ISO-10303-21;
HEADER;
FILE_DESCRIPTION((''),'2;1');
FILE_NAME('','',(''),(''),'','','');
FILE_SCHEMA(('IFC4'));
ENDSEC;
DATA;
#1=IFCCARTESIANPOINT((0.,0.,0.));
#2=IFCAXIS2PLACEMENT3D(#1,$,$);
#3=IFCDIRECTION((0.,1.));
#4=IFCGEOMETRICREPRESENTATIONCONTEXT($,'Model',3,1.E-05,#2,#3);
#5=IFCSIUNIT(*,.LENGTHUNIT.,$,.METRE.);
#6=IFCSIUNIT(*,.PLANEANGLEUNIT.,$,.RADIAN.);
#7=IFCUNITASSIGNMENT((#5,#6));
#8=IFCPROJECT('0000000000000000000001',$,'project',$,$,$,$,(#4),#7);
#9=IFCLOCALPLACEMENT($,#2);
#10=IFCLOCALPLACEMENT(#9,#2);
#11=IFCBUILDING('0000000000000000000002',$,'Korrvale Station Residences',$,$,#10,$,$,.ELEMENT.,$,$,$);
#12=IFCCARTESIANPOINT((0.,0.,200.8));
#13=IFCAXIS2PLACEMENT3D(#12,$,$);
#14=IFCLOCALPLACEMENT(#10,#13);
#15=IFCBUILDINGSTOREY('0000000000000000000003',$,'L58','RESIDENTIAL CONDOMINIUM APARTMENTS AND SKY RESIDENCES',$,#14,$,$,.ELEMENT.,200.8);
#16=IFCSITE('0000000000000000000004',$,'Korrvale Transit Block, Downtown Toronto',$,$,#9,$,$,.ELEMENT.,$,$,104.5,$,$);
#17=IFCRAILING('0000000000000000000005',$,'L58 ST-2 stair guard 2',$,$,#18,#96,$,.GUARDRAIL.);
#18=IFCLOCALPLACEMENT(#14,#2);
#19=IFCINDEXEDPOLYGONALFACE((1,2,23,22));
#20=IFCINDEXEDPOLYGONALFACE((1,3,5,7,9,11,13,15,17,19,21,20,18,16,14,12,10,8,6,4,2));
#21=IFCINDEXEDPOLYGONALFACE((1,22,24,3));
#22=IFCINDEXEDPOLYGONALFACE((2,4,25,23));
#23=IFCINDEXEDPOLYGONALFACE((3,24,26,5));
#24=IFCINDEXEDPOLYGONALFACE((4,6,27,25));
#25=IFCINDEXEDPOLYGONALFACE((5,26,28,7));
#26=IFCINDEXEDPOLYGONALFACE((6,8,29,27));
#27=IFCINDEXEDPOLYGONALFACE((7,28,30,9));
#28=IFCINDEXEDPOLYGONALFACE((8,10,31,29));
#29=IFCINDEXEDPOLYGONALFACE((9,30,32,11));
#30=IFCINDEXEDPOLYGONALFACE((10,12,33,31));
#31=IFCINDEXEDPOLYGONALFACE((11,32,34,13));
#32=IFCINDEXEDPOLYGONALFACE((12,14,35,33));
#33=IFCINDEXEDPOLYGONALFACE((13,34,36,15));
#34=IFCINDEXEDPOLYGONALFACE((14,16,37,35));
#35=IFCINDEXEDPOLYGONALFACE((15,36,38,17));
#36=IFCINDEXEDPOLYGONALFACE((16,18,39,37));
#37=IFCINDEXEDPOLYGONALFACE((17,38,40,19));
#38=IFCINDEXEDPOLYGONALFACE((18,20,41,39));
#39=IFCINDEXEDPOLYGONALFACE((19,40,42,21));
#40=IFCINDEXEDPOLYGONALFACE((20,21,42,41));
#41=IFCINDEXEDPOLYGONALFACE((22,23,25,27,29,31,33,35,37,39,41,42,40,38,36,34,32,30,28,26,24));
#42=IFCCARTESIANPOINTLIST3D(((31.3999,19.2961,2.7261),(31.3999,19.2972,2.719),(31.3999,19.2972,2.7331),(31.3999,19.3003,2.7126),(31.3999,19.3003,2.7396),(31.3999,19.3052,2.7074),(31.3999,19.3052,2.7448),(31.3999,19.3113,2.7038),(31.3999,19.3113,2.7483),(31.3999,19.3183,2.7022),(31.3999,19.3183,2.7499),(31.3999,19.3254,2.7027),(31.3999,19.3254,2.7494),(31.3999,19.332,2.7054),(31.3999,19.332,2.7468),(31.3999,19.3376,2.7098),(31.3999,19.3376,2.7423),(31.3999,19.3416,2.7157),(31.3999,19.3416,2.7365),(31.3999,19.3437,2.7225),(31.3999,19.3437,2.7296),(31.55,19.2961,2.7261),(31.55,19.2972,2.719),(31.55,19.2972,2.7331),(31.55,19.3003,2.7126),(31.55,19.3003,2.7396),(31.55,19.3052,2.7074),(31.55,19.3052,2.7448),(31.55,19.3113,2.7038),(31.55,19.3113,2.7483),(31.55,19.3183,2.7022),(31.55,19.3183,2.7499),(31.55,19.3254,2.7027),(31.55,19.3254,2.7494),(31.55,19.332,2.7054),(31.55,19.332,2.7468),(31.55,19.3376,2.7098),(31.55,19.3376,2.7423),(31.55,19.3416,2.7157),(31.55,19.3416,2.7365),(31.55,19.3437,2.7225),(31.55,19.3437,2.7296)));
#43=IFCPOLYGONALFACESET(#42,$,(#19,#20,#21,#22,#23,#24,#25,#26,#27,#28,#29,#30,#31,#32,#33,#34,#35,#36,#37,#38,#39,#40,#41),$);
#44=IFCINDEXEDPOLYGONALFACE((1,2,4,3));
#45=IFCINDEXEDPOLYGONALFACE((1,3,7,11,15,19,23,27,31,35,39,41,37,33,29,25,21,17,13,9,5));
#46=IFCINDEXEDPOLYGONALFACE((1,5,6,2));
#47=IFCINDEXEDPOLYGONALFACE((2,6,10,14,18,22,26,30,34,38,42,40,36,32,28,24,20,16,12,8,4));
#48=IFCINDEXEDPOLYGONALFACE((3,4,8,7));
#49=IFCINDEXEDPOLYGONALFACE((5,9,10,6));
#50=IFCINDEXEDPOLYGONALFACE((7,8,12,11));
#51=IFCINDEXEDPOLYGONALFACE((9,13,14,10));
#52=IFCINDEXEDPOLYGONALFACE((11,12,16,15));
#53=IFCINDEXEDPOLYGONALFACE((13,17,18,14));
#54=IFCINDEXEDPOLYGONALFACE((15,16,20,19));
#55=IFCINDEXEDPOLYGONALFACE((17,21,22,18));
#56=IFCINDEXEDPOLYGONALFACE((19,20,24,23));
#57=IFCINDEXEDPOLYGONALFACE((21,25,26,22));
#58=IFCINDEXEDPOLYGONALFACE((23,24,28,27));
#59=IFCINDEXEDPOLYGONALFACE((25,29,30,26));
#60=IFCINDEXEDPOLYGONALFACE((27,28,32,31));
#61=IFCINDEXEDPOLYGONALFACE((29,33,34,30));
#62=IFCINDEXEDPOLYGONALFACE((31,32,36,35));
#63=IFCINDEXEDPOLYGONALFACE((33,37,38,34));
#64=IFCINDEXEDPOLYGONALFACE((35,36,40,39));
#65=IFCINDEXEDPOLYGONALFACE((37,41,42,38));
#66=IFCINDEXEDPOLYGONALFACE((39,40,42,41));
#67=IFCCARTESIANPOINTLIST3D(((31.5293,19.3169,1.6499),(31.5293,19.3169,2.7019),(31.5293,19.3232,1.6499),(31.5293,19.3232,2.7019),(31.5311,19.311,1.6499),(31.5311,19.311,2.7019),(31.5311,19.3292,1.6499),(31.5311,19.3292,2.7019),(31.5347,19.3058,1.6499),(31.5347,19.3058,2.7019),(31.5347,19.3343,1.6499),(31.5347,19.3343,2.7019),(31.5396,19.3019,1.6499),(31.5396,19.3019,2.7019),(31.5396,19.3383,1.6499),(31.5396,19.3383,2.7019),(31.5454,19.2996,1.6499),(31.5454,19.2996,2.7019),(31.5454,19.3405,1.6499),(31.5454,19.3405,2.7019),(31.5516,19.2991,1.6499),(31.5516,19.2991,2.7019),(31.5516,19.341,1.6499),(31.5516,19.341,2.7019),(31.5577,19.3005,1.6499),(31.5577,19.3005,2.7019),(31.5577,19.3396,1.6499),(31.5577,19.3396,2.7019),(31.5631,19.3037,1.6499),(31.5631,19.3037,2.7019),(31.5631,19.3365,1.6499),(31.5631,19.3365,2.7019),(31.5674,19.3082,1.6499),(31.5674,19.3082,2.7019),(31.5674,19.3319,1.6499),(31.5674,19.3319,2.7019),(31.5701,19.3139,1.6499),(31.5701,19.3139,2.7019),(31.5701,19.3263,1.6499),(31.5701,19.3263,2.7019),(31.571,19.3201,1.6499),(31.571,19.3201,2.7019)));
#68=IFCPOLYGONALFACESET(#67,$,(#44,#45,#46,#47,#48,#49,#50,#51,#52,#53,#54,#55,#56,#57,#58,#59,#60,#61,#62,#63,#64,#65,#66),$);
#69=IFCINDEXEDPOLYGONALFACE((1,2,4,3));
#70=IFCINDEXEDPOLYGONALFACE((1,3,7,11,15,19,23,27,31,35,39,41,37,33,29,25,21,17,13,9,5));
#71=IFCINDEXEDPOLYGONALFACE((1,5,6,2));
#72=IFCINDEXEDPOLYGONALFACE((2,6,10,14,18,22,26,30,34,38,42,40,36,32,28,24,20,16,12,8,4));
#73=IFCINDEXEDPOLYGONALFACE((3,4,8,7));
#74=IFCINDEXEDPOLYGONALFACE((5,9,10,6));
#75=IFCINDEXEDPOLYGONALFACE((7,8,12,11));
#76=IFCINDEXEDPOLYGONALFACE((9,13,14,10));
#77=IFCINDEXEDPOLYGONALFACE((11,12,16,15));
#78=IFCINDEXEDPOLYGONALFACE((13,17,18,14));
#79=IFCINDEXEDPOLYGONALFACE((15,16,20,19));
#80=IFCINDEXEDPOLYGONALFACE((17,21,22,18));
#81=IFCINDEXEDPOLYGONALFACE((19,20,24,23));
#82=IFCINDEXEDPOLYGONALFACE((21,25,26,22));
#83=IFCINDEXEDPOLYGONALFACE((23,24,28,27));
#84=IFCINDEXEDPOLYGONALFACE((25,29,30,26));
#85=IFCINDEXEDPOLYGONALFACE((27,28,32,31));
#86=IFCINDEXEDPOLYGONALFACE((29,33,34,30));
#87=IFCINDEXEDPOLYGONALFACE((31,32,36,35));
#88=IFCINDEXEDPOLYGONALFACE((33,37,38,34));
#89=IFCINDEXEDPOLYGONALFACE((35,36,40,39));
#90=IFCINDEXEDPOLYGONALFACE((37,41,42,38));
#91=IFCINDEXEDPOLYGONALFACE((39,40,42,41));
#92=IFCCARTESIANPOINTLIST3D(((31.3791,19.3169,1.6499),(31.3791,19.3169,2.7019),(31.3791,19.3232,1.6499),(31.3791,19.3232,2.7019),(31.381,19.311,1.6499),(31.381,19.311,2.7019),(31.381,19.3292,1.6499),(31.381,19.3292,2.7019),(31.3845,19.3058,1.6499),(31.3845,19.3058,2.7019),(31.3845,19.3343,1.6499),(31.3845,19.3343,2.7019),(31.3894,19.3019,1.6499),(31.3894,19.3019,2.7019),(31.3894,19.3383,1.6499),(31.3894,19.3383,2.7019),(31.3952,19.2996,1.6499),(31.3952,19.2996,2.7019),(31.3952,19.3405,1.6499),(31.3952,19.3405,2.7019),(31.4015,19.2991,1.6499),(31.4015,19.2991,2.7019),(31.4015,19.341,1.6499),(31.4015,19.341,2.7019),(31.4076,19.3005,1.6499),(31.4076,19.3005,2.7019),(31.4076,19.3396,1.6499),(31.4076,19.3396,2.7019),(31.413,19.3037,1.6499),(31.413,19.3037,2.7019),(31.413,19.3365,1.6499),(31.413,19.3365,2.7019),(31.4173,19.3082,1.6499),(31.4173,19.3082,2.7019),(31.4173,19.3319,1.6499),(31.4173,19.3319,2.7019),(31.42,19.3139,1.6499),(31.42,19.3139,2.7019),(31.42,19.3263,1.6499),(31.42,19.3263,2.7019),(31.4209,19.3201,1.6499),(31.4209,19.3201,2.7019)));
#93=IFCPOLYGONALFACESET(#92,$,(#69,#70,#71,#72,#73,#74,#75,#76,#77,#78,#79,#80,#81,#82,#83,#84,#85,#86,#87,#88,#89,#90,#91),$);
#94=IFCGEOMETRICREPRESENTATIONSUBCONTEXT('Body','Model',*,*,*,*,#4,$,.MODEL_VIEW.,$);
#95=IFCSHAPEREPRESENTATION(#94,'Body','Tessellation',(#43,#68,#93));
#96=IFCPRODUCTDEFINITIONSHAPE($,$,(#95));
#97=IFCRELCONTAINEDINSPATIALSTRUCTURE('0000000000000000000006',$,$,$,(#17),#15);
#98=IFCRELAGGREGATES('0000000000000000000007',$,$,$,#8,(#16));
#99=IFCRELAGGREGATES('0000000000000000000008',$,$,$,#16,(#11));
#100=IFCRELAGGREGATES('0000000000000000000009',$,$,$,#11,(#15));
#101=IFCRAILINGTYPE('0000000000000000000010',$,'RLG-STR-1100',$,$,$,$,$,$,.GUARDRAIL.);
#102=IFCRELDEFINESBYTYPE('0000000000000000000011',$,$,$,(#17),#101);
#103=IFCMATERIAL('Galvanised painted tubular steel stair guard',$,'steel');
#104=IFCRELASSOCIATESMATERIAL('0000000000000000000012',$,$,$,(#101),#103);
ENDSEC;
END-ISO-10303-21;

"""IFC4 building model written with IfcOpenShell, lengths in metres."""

from ifc_helpers import new_model, si_unit, direction, frame, origin, origin_2d, place, context, subcontext, project, spatial, circle, extrude, material, type_object, element, save


model = new_model("IFC4")

# Units and contexts
model_context = context("Model", 3, precision=1e-05, world=origin(), true_north=direction((0.0, 1.0)))
body_context = subcontext(model_context, "Body", "Model", "MODEL_VIEW")
ifc_project = project(units=[si_unit("LENGTHUNIT", "METRE"), si_unit("PLANEANGLEUNIT", "RADIAN")], contexts=[model_context])

# Site, building, storey
site_placement = place(None, origin())
site = spatial("IfcSite", under=ifc_project, at=site_placement, Name="Korrvale Transit Block, Downtown Toronto", CompositionType="ELEMENT", RefElevation=104.5)
building_placement = place(site_placement, origin())
building = spatial("IfcBuilding", under=site, at=building_placement, Name="Korrvale Station Residences", CompositionType="ELEMENT")
storey_placement = place(building_placement, frame((0.0, 0.0, 200.8)))
storey = spatial("IfcBuildingStorey", under=building, at=storey_placement, Name="L58", Description="RESIDENTIAL CONDOMINIUM APARTMENTS AND SKY RESIDENCES", CompositionType="ELEMENT", Elevation=200.8)

# Railing
ifc_material_1 = material(Name="Galvanised painted tubular steel stair guard", Category="steel")
railing_type_1 = type_object("IfcRailingType", Name="RLG-STR-1100", PredefinedType="GUARDRAIL", material=ifc_material_1)
railing_1_placement = place(storey_placement, frame((31.55, 19.3201, 1.6499)))
element("IfcRailing", 1, at=railing_1_placement, inside=storey, type_object=railing_type_1, Name="L58 ST-2 stair guard 2", PredefinedType="GUARDRAIL", context=body_context, shape_type="SweptSolid", body=[
    extrude(circle(Radius=0.0239, at=origin_2d()), frame((0.0, 0.0, 1.0762), z_axis=(-1.0, 0.0, 0.0), x_axis=(0.0, -1.0, 0.0)), (0.0, 0.0, 1.0), 0.1501),
    extrude(circle(Radius=0.021, at=origin_2d()), origin(), (0.0, 0.0, 1.0), 1.052),
    extrude(circle(Radius=0.021, at=origin_2d()), frame((-0.1501, 0.0, 0.0)), (0.0, 0.0, 1.0), 1.052),
])

save(model, "model.ifc")
